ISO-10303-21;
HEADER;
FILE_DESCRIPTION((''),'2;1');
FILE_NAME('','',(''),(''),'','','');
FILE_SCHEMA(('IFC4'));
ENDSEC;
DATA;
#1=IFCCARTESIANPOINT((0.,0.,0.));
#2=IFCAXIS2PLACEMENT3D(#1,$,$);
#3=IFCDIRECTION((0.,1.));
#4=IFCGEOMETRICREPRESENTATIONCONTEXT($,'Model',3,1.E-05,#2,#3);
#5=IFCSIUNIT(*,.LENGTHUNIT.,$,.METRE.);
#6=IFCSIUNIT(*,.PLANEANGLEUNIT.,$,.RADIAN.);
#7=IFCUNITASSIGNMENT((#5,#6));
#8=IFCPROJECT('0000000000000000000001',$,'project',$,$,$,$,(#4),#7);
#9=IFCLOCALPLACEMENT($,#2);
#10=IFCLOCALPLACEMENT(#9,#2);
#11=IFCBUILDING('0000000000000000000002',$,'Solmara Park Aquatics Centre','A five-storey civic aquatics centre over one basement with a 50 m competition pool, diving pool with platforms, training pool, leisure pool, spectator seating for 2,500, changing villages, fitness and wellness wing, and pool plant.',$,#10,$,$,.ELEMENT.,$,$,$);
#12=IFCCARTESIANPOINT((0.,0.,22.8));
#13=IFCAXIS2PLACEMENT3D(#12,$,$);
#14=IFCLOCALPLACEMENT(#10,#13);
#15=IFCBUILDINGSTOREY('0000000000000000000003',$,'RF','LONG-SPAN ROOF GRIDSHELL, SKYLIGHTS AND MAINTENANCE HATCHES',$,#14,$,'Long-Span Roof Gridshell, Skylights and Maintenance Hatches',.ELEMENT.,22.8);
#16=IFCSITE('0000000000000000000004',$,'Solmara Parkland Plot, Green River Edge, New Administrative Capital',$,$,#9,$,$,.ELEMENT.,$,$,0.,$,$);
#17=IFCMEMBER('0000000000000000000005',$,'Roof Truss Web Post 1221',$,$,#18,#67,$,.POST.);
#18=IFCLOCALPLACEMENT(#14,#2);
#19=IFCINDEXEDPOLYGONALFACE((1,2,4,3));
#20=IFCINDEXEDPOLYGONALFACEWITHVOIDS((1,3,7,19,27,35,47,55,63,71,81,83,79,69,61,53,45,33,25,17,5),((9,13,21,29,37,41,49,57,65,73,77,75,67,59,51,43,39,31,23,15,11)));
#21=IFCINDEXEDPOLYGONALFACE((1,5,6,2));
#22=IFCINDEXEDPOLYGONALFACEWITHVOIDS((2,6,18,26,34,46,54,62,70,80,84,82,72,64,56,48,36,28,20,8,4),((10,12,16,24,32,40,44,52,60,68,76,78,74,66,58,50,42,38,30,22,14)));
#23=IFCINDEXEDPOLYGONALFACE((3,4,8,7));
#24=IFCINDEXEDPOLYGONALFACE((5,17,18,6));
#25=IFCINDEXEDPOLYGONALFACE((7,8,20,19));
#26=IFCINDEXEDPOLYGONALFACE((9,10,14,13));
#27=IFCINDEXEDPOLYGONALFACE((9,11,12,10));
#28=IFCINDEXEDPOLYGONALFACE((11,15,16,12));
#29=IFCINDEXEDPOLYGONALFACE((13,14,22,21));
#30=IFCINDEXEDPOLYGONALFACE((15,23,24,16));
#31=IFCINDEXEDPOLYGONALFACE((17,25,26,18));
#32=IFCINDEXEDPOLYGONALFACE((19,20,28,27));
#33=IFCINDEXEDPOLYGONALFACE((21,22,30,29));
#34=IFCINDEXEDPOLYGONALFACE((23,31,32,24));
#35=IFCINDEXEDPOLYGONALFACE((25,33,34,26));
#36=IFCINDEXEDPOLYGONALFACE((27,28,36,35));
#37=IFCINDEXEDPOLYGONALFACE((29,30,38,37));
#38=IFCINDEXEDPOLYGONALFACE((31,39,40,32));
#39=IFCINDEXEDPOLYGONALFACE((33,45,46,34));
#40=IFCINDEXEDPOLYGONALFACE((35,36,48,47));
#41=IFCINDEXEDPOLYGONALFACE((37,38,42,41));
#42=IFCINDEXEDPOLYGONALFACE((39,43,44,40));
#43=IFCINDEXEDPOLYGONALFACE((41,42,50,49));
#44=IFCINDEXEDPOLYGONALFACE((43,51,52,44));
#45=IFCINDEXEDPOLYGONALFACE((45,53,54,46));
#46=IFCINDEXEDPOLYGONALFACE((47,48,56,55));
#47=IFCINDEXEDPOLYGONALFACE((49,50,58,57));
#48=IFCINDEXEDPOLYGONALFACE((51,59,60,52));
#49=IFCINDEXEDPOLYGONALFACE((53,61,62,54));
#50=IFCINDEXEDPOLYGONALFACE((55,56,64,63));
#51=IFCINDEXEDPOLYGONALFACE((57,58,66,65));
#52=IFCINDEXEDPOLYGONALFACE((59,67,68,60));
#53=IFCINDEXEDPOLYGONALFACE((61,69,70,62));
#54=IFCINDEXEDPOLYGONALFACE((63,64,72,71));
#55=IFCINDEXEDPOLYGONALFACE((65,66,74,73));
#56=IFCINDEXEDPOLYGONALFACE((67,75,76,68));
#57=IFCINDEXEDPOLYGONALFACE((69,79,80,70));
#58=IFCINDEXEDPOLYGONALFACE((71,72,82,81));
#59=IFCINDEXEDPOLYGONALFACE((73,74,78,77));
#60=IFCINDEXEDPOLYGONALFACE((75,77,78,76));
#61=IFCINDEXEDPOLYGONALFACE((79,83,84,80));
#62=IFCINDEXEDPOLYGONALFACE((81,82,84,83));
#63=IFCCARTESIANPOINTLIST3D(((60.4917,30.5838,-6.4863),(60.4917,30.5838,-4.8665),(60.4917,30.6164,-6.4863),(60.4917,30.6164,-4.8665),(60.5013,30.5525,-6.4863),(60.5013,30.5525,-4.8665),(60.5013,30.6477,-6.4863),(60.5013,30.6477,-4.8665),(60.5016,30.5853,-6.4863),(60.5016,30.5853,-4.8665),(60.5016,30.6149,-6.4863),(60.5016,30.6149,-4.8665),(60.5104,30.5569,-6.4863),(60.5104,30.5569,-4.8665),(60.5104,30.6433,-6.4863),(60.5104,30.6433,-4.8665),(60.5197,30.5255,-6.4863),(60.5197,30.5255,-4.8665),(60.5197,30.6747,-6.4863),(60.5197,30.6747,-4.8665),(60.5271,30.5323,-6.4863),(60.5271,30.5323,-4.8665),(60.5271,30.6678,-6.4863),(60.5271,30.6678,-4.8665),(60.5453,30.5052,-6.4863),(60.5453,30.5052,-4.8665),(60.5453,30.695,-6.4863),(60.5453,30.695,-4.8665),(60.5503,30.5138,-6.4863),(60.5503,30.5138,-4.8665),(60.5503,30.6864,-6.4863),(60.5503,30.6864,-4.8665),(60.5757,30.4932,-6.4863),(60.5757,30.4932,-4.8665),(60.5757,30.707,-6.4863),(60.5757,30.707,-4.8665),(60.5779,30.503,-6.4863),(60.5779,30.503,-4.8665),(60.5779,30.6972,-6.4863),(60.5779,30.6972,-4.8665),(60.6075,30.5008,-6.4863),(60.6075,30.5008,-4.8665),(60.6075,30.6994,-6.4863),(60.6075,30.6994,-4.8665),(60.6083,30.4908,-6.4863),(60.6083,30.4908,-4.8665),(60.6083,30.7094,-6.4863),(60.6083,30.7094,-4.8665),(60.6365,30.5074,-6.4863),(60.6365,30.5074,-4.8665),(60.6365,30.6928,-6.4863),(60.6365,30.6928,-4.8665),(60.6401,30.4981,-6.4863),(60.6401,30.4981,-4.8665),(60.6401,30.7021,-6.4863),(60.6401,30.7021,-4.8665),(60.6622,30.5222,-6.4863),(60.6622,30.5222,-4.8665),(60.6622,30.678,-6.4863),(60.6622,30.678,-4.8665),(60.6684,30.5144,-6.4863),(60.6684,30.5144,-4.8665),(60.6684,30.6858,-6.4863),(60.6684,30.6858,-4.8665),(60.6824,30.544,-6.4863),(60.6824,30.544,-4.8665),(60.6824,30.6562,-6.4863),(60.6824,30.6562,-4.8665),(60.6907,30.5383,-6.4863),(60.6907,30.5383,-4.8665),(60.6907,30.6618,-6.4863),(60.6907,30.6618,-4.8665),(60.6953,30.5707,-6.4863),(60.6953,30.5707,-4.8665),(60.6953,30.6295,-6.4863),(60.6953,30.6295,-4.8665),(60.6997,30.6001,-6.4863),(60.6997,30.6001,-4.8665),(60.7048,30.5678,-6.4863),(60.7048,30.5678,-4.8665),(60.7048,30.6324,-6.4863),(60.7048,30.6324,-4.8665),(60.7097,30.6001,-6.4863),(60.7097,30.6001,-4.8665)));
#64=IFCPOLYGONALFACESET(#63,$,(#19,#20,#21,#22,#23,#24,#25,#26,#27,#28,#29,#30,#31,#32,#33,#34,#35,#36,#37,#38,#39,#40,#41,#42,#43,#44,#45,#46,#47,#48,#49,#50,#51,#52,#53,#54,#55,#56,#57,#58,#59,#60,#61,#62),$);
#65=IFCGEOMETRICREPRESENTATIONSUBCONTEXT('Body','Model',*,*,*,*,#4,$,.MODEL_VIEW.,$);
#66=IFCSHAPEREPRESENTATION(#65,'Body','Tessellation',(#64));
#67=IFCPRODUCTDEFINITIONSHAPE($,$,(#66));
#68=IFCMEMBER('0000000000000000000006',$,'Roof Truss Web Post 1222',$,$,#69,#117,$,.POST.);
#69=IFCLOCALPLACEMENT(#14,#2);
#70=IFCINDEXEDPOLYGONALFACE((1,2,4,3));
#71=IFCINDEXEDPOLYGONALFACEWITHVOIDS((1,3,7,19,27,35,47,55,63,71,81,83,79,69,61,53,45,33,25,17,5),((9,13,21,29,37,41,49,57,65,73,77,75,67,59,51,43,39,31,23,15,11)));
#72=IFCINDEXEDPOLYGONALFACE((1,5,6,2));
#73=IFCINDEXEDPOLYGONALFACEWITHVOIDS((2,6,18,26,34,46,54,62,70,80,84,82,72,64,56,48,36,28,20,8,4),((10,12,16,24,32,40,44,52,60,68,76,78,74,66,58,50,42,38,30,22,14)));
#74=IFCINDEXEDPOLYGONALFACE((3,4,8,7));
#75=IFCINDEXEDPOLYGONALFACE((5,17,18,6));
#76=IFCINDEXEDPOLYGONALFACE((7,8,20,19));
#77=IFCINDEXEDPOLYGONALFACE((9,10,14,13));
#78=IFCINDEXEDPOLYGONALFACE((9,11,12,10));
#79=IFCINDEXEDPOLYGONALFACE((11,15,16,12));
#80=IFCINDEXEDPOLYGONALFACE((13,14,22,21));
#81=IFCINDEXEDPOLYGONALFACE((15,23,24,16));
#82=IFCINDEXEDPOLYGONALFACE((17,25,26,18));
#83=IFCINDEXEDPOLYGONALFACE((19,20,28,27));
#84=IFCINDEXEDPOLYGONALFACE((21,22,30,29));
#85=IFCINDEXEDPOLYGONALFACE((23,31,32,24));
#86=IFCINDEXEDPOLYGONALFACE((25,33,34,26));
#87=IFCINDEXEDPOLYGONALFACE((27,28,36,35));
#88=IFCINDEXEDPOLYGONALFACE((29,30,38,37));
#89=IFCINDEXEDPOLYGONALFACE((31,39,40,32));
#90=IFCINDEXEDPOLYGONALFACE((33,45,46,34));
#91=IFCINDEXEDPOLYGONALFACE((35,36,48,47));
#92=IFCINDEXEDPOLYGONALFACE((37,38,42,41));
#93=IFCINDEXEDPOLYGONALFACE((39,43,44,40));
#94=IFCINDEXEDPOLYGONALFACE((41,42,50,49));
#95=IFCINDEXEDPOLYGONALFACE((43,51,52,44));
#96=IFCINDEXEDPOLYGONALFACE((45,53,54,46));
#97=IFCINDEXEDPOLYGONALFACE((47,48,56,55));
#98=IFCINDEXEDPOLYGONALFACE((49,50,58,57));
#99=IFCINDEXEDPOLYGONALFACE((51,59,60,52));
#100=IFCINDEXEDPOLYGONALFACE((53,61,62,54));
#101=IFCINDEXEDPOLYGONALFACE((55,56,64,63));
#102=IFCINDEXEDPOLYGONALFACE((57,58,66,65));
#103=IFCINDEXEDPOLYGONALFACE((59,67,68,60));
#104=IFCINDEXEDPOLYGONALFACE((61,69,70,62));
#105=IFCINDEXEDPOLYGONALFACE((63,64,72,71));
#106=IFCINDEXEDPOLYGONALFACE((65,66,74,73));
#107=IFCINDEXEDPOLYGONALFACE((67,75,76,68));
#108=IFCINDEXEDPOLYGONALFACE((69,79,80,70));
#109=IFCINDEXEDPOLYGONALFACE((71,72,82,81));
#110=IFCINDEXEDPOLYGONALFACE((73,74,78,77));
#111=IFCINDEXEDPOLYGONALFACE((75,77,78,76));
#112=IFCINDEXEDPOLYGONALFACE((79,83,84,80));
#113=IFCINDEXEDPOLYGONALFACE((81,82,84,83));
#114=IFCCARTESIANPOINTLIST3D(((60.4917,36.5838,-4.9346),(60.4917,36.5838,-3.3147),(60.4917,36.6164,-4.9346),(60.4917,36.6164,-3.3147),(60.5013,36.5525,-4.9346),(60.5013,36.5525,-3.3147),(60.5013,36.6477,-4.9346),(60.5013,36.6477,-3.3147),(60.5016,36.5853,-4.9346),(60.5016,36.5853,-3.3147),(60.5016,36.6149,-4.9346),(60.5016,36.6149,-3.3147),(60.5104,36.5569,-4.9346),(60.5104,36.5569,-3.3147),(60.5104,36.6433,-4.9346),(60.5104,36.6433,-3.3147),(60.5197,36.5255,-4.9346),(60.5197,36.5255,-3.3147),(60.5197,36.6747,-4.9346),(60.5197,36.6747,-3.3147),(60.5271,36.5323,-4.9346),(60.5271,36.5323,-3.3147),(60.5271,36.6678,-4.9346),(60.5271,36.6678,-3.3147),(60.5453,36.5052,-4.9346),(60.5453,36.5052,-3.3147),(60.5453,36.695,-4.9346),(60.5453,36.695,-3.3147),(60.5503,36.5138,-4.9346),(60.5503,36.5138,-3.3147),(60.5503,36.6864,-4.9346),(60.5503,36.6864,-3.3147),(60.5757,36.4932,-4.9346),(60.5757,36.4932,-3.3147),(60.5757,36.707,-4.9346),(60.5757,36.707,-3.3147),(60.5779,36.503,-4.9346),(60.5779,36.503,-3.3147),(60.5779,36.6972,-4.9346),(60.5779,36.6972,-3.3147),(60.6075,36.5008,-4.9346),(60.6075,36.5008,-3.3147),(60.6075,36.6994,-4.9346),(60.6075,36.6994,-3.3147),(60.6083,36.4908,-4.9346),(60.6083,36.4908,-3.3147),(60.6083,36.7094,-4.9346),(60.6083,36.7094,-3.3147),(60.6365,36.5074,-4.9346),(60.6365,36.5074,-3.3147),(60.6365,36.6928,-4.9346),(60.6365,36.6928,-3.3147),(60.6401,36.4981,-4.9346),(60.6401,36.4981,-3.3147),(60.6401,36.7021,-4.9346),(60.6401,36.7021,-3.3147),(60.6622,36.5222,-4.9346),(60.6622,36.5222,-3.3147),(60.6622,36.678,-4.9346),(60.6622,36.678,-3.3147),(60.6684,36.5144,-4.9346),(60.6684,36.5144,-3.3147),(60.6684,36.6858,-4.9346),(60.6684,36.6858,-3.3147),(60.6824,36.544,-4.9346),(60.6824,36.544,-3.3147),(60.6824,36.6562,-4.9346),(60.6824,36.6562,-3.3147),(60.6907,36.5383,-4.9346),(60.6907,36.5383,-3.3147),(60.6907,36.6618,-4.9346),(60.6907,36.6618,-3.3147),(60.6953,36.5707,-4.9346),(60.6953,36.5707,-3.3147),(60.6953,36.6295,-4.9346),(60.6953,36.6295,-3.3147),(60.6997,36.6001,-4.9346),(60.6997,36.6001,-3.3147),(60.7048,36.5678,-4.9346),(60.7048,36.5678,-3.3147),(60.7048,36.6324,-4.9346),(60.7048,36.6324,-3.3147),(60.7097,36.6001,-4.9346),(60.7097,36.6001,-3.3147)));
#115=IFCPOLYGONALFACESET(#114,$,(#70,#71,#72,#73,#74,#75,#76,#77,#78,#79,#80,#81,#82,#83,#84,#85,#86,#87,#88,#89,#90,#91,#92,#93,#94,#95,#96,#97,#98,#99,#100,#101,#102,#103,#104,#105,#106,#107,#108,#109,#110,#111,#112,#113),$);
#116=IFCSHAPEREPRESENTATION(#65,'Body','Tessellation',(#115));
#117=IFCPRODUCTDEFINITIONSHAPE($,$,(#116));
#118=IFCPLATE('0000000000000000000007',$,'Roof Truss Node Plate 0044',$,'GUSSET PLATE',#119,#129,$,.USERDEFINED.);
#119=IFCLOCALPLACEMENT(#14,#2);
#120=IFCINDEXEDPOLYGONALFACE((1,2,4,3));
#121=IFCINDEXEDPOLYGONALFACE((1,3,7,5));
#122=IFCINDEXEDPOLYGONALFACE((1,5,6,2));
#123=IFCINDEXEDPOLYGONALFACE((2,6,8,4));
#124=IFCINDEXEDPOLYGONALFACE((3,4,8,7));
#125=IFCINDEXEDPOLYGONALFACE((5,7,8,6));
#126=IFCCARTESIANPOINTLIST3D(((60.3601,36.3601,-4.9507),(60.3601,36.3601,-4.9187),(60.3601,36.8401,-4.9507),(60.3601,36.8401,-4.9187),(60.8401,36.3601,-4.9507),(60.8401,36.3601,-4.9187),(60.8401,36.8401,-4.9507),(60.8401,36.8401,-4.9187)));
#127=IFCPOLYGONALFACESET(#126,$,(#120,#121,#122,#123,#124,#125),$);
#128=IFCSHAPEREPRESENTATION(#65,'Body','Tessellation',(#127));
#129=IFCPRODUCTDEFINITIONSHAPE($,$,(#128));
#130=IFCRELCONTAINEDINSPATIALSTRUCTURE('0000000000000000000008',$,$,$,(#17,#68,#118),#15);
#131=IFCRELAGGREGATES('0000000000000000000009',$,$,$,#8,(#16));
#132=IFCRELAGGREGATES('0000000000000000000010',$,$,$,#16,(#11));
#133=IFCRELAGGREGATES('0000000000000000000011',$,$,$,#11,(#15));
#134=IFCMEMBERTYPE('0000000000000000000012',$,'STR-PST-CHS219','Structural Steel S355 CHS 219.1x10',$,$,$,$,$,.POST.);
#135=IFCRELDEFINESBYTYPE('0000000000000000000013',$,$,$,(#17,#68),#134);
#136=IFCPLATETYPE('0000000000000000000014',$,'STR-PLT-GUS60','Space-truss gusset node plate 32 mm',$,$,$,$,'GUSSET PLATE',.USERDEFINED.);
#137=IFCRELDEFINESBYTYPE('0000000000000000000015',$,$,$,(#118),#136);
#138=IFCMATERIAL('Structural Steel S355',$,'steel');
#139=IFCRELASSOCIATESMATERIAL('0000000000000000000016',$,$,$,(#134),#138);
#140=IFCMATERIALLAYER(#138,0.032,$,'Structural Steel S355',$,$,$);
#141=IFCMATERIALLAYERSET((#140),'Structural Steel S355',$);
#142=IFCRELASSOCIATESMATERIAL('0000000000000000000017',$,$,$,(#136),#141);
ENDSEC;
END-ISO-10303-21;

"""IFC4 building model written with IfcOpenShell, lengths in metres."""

from ifc_helpers import new_model, si_unit, direction, frame, origin, origin_2d, place, context, subcontext, project, spatial, rectangle, hollow_circle, extrude, material, layer, layer_set, material_profile, profile_set, type_object, element, save


model = new_model("IFC4")

# Units and contexts
model_context = context("Model", 3, precision=1e-05, world=origin(), true_north=direction((0.0, 1.0)))
body_context = subcontext(model_context, "Body", "Model", "MODEL_VIEW")
ifc_project = project(units=[si_unit("LENGTHUNIT", "METRE"), si_unit("PLANEANGLEUNIT", "RADIAN")], contexts=[model_context])

# Site, building, storey
site_placement = place(None, origin())
site = spatial("IfcSite", under=ifc_project, at=site_placement, Name="Solmara Parkland Plot, Green River Edge, New Administrative Capital", CompositionType="ELEMENT", RefElevation=0.0)
building_placement = place(site_placement, origin())
building = spatial("IfcBuilding", under=site, at=building_placement, Name="Solmara Park Aquatics Centre", Description="A five-storey civic aquatics centre over one basement with a 50 m competition pool, diving pool with platforms, training pool, leisure pool, spectator seating for 2,500, changing villages, fitness and wellness wing, and pool plant.", CompositionType="ELEMENT")
storey_placement = place(building_placement, frame((0.0, 0.0, 22.8)))
storey = spatial("IfcBuildingStorey", under=building, at=storey_placement, Name="RF", Description="LONG-SPAN ROOF GRIDSHELL, SKYLIGHTS AND MAINTENANCE HATCHES", LongName="Long-Span Roof Gridshell, Skylights and Maintenance Hatches", CompositionType="ELEMENT", Elevation=22.8)

# Members
ifc_material_1 = material(Name="Structural Steel S355", Category="steel")
ifc_material_profile_1 = material_profile(ifc_material_1, hollow_circle(Radius=0.1096, WallThickness=0.01, at=origin_2d()), Name="CHS 219.1x10")
ifc_profile_set_1 = profile_set([ifc_material_profile_1], Name="Structural Steel S355")
member_type_1 = type_object("IfcMemberType", Name="STR-PST-CHS219", Description="Structural Steel S355 CHS 219.1x10", PredefinedType="POST", material=ifc_profile_set_1)
for number, where, z_axis, x_axis, name in (
    (1, (60.6001, 30.6001, -6.4863), (0.0, 0.0, 1.0), (1.0, 0.0, 0.0), "Roof Truss Web Post 1221"),
    (2, (60.6001, 36.6001, -4.9346), (0.0, 0.0, 1.0), (1.0, 0.0, 0.0), "Roof Truss Web Post 1222"),
):
    element("IfcMember", number, at=place(storey_placement, frame(where, z_axis=z_axis, x_axis=x_axis)), inside=storey, type_object=member_type_1, Name=name, PredefinedType="POST", context=body_context, shape_type="SweptSolid", body=[
        extrude(hollow_circle(Radius=0.1096, WallThickness=0.01, at=origin_2d()), origin(), (0.0, 0.0, 1.0), 1.6199),
    ])

# Plate
ifc_layer = layer(ifc_material_1, 0.032, Name="Structural Steel S355")
ifc_layer_set = layer_set([ifc_layer], Name="Structural Steel S355")
plate_type = type_object("IfcPlateType", Name="STR-PLT-GUS60", Description="Space-truss gusset node plate 32 mm", ElementType="GUSSET PLATE", PredefinedType="USERDEFINED", material=ifc_layer_set)
plate_placement = place(storey_placement, frame((60.6001, 36.6001, -4.9507), z_axis=(0.0, 0.0, 1.0), x_axis=(1.0, 0.0, 0.0)))
element("IfcPlate", 3, at=plate_placement, inside=storey, type_object=plate_type, Name="Roof Truss Node Plate 0044", ObjectType="GUSSET PLATE", PredefinedType="USERDEFINED", context=body_context, shape_type="SweptSolid", body=[
    extrude(rectangle(XDim=0.48, YDim=0.48, at=origin_2d()), origin(), (0.0, 0.0, 1.0), 0.032),
])

save(model, "model.ifc")
